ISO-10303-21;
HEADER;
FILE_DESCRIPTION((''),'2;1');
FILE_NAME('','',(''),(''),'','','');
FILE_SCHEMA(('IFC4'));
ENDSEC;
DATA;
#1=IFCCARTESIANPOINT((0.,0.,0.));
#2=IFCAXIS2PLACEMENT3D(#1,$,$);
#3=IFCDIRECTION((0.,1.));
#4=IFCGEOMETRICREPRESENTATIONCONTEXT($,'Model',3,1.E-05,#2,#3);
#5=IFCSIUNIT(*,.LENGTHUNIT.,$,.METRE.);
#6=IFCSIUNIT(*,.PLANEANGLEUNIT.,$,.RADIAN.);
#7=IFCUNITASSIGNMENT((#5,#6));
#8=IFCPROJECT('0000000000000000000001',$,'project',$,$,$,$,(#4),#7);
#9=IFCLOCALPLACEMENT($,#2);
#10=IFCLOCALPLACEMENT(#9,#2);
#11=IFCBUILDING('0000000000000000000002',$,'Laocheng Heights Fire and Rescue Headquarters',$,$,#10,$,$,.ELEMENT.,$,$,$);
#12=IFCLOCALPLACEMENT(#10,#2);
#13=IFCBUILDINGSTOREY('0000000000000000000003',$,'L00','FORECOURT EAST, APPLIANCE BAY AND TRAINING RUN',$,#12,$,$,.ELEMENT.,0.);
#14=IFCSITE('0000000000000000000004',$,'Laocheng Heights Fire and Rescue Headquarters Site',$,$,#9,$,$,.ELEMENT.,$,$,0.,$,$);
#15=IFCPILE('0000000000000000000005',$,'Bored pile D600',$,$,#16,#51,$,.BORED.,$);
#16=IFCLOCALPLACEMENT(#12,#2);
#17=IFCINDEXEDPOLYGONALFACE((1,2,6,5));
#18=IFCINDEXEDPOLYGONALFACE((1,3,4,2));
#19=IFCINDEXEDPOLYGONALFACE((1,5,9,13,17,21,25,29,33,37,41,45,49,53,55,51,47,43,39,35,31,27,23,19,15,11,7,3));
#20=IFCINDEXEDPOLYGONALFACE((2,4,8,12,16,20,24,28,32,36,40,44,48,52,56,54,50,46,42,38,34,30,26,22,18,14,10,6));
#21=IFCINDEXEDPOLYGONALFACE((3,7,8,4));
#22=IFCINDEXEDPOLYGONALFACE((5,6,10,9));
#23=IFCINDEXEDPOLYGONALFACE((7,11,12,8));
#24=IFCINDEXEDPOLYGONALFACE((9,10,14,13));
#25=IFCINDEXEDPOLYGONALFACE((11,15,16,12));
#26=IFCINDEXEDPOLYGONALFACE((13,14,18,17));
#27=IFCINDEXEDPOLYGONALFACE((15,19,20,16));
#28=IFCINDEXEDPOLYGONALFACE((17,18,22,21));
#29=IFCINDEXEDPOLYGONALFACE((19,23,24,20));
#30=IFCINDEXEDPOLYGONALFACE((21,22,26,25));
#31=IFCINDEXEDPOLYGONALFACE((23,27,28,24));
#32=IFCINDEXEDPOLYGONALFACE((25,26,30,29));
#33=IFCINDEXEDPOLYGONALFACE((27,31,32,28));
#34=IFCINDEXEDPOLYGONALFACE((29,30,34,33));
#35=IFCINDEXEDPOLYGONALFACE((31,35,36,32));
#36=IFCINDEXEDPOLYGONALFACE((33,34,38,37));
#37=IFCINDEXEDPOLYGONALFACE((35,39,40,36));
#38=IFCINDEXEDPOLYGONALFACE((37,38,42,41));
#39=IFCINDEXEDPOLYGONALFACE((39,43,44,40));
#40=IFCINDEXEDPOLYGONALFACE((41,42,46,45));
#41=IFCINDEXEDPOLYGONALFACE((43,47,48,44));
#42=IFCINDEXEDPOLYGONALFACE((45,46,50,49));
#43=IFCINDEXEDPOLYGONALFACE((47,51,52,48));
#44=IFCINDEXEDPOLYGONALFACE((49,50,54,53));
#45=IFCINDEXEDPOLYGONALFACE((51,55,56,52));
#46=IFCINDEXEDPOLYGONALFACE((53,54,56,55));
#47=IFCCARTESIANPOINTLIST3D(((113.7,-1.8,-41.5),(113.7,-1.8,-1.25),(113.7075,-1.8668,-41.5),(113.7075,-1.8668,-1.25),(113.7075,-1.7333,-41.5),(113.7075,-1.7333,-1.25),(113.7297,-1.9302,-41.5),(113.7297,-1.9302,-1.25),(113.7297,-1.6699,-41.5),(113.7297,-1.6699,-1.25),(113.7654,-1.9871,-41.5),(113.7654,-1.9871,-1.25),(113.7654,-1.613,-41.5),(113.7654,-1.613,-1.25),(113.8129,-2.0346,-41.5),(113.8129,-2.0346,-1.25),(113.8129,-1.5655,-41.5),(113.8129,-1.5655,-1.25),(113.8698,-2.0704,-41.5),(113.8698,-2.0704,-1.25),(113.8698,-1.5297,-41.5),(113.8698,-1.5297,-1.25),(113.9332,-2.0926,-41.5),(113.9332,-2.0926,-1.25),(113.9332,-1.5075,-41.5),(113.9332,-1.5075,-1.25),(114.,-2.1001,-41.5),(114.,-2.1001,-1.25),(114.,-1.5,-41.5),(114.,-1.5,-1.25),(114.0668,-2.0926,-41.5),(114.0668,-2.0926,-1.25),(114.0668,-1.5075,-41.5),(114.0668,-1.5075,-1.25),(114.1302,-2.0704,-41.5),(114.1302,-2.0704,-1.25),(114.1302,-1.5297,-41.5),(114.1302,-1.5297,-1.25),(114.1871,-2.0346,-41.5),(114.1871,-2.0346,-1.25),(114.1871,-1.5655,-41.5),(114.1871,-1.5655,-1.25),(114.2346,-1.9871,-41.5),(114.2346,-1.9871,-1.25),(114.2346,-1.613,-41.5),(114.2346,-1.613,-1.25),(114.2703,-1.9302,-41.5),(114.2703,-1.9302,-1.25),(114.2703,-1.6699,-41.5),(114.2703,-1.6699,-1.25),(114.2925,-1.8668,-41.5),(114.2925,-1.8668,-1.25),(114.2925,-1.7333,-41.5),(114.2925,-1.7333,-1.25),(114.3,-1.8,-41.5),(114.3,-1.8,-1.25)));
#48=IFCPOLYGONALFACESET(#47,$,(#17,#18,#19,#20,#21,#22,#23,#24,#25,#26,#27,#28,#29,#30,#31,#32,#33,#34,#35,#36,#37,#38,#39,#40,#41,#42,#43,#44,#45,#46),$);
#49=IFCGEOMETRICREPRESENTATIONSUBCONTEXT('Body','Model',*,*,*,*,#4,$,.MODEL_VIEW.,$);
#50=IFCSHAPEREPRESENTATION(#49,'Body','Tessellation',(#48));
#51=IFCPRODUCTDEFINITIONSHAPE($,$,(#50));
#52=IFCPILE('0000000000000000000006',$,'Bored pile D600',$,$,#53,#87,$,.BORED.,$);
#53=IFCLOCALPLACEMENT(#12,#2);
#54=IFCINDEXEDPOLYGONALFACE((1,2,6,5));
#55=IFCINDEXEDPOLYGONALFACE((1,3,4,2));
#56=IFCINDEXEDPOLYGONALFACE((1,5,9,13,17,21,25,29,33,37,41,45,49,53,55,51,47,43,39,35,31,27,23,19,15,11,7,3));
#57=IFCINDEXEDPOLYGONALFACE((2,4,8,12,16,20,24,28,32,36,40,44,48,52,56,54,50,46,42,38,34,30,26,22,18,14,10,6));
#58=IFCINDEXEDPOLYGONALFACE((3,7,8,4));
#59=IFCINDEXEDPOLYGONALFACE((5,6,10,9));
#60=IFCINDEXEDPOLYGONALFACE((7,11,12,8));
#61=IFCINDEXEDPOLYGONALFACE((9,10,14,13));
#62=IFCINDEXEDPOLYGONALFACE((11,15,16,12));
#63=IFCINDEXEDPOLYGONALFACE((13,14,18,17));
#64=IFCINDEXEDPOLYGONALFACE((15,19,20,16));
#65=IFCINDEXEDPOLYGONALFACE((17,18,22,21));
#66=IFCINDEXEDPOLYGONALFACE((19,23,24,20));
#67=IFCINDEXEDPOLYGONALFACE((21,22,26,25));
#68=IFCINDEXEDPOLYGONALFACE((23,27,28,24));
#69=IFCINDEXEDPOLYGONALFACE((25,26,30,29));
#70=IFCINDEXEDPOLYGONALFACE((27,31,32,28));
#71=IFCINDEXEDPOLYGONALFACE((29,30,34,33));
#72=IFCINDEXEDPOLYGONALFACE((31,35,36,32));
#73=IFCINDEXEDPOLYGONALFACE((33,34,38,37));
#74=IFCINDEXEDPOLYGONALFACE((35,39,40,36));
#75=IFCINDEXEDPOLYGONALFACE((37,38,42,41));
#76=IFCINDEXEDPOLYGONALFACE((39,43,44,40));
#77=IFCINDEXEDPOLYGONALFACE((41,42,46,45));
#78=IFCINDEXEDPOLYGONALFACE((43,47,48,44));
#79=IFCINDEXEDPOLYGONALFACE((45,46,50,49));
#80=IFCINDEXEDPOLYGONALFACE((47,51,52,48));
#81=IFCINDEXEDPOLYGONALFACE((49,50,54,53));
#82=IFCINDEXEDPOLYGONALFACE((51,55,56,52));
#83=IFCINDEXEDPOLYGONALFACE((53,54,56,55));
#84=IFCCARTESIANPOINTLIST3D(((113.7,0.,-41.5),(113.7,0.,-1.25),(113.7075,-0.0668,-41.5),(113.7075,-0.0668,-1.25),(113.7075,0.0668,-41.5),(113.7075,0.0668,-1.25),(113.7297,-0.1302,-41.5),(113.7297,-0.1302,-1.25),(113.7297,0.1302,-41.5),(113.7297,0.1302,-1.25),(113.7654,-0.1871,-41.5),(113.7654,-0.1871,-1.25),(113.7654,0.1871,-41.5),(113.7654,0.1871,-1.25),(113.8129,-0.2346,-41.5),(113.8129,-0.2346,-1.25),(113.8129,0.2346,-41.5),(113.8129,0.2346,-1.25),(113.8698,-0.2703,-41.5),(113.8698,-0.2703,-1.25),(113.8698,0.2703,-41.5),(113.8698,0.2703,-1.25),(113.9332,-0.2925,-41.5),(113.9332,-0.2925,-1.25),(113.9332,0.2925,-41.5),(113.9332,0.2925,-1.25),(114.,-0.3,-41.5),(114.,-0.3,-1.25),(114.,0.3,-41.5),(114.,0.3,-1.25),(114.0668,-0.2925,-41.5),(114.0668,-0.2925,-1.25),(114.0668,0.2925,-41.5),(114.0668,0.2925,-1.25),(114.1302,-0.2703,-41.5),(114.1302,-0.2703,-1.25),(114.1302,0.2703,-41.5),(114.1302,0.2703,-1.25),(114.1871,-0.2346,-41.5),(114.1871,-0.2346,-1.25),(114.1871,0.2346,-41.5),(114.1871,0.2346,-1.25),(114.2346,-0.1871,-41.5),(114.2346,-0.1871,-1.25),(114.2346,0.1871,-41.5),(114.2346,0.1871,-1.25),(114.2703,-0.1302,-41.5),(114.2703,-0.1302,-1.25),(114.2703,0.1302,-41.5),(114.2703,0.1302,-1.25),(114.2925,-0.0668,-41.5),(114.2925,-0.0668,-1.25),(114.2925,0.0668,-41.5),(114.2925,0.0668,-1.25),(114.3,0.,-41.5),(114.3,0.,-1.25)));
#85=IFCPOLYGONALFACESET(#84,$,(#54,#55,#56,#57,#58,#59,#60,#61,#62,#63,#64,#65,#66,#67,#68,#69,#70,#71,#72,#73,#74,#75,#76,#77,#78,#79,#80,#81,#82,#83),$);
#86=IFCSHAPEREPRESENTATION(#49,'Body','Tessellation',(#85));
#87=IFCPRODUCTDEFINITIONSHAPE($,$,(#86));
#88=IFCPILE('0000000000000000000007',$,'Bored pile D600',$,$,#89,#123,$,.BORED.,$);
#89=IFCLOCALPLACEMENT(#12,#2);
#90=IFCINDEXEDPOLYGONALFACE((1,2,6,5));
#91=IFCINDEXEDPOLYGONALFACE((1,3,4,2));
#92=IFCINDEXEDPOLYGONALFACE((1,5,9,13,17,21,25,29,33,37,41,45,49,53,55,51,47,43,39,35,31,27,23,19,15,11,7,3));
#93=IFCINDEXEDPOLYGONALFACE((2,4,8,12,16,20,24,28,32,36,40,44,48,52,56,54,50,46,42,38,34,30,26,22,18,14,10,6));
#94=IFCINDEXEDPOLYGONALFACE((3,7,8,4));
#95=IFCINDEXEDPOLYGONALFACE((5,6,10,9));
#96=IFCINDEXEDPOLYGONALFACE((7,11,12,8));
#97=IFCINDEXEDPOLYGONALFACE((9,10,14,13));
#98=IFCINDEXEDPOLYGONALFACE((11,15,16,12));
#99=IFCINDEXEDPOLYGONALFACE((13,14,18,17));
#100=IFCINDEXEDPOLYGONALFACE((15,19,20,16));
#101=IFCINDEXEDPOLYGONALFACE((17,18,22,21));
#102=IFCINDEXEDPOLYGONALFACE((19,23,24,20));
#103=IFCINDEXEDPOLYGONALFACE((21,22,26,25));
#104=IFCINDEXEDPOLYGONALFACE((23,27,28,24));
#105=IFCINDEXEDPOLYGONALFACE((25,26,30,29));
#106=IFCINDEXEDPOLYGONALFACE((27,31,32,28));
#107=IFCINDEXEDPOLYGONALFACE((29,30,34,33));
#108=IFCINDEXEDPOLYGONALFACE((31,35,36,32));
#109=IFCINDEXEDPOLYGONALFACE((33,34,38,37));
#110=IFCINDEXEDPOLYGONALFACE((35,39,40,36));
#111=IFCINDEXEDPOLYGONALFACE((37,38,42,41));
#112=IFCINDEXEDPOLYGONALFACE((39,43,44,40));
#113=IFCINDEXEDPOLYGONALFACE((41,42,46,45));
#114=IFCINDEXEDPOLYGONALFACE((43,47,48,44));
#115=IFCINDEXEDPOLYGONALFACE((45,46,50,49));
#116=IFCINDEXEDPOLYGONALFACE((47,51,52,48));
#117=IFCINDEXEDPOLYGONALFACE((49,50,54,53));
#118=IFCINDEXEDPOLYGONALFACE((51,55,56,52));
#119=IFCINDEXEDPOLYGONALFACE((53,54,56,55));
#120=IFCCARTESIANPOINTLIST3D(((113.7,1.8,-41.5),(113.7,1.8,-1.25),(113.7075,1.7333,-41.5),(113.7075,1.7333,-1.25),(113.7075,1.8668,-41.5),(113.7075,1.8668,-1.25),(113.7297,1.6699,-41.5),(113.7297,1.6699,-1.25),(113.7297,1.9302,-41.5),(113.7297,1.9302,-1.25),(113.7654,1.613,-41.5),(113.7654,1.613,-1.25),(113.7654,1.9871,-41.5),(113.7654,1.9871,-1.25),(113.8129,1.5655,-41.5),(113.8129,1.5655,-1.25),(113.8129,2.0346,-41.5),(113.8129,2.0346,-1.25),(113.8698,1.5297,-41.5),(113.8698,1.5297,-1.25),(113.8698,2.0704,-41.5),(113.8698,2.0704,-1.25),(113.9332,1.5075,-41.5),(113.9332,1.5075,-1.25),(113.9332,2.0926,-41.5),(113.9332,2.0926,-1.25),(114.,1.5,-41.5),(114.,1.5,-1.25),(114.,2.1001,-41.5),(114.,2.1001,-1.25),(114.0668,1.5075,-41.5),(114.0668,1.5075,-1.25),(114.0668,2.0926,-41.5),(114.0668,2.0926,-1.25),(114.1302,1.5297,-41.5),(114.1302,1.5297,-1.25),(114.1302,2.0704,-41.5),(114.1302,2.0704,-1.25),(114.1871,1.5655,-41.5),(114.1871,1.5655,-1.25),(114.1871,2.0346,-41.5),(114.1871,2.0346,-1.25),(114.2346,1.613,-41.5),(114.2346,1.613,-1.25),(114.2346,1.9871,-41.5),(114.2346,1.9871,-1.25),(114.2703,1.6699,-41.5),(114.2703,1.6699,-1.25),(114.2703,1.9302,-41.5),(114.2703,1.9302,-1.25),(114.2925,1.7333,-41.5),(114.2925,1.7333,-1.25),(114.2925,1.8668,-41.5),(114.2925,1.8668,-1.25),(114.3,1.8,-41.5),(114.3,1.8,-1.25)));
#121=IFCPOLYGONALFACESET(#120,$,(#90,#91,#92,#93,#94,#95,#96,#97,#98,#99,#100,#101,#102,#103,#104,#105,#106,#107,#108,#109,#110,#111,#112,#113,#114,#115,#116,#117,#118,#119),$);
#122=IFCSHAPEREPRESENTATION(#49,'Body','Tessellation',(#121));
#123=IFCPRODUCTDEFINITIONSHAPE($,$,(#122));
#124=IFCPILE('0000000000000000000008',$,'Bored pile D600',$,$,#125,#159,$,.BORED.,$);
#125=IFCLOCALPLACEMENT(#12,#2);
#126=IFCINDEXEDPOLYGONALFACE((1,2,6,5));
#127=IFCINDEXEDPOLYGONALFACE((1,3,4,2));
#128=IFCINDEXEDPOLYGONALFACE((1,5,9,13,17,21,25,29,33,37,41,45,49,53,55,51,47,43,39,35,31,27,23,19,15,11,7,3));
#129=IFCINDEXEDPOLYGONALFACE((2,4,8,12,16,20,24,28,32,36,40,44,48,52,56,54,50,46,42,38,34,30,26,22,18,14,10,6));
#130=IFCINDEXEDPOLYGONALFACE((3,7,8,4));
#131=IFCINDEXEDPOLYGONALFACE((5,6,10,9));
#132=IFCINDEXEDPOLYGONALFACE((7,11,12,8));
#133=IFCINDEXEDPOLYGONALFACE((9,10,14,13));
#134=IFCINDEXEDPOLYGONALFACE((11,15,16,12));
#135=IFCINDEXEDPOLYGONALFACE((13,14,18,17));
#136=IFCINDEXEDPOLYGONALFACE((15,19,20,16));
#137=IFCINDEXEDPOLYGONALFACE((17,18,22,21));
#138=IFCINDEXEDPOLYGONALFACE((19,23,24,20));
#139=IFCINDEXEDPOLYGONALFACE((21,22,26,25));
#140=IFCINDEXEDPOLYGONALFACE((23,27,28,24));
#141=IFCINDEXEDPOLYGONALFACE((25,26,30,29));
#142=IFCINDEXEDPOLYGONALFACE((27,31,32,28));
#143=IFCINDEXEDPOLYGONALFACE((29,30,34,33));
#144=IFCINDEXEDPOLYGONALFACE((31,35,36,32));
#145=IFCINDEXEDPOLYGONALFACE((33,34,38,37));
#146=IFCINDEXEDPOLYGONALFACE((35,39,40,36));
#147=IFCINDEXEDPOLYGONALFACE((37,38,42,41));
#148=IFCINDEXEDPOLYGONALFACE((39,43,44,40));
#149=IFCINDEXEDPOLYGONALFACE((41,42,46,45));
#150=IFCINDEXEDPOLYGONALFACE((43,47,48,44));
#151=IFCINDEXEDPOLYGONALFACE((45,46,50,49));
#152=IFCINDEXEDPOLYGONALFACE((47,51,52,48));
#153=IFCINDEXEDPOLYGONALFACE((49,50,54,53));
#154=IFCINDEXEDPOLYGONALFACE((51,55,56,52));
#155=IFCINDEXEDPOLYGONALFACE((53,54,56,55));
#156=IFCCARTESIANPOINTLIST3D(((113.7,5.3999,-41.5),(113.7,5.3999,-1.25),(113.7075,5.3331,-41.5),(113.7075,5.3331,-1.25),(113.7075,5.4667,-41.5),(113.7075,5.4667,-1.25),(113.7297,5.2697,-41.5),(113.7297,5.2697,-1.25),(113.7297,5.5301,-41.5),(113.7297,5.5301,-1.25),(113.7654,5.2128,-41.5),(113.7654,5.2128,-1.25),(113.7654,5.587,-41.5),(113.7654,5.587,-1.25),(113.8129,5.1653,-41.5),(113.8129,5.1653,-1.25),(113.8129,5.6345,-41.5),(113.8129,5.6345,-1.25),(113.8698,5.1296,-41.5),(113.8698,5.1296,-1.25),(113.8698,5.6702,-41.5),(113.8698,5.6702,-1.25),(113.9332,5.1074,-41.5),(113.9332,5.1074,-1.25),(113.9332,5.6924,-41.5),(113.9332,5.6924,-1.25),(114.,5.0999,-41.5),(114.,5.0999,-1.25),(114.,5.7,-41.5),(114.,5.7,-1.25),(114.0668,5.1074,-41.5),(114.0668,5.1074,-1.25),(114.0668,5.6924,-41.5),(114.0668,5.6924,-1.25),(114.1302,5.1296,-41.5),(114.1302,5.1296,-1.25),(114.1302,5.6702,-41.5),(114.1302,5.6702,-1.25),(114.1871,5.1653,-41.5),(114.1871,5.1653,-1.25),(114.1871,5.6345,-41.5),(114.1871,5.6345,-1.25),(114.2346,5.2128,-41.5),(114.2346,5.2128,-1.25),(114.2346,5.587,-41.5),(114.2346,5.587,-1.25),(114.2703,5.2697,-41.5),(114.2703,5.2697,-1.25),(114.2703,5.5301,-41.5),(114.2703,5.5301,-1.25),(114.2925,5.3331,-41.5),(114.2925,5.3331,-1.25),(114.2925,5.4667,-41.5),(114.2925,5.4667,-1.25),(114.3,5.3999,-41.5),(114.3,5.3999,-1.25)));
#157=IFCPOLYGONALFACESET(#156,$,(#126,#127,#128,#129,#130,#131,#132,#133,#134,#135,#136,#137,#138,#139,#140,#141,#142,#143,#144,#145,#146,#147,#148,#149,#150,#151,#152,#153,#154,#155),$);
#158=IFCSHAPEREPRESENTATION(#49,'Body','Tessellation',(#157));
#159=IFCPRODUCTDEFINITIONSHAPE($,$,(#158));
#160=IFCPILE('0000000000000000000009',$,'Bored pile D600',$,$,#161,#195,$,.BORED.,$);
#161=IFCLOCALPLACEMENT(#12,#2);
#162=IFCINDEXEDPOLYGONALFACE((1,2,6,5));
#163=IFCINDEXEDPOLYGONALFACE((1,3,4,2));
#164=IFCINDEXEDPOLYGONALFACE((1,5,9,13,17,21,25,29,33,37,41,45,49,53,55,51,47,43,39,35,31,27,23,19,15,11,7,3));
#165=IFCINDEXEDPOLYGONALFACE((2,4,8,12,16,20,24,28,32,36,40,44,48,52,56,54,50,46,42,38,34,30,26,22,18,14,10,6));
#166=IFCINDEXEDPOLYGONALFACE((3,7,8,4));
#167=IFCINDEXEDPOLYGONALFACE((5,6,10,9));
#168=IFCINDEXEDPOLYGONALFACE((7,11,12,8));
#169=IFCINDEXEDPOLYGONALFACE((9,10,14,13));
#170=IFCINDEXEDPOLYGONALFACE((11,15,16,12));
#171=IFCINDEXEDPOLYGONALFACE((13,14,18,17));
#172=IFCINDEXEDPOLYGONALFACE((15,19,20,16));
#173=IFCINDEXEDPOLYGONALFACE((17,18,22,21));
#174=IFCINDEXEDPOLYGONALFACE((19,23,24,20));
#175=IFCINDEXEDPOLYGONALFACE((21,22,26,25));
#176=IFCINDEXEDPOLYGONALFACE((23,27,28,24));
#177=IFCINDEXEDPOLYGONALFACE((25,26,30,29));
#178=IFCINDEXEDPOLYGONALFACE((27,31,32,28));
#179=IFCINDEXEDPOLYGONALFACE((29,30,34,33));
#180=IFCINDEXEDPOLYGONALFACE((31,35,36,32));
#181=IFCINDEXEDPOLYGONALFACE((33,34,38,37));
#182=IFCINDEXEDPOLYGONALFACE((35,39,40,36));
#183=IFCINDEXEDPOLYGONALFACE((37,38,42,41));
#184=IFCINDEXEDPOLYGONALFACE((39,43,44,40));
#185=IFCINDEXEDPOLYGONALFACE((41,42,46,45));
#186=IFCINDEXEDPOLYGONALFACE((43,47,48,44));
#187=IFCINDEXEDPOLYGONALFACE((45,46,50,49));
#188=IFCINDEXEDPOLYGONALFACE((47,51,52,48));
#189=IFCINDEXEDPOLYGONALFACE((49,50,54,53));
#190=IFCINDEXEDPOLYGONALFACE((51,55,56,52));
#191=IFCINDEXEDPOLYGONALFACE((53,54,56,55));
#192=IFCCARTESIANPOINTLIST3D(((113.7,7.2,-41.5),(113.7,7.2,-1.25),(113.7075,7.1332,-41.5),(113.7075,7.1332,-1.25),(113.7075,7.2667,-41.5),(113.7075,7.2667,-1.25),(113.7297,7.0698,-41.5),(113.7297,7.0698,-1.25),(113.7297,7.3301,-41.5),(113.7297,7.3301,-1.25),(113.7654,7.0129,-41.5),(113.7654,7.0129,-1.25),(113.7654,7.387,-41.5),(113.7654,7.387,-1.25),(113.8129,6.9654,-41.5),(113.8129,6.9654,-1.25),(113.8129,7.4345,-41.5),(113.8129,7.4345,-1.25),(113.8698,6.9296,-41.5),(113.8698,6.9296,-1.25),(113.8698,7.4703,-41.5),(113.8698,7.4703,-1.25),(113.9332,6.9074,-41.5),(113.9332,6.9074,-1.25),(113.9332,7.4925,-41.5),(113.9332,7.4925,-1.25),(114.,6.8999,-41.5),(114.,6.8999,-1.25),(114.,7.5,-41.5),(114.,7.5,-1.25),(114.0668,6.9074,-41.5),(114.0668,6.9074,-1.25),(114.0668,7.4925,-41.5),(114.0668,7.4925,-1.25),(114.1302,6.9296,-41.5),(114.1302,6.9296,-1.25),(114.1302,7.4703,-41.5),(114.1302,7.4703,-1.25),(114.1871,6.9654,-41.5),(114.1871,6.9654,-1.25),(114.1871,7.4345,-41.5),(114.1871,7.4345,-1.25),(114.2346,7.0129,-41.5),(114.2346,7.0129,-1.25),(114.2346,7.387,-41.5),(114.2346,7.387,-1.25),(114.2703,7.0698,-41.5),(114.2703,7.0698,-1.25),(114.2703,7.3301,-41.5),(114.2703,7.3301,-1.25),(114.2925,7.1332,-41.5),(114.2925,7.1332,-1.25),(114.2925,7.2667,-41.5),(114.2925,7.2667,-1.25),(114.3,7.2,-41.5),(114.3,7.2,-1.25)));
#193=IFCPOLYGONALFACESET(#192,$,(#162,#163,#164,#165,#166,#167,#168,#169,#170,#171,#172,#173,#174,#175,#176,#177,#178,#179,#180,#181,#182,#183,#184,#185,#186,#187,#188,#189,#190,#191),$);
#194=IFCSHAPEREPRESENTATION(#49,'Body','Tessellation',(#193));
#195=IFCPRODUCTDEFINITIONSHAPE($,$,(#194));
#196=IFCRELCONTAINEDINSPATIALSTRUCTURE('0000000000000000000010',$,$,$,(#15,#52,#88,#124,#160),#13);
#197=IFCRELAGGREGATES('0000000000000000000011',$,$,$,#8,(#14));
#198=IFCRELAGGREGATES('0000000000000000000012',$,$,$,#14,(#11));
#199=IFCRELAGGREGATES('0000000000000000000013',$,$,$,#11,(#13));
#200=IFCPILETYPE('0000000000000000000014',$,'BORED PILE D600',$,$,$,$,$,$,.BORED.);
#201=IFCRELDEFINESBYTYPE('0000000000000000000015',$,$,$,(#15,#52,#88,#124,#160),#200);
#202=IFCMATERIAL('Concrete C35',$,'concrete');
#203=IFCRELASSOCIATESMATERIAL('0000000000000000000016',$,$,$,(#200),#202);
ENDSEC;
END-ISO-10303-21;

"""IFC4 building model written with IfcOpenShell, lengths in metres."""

from ifc_helpers import new_model, si_unit, direction, frame, origin, origin_2d, place, context, subcontext, project, spatial, circle, extrude, material, material_profile, profile_set, type_object, element, save


model = new_model("IFC4")

# Units and contexts
model_context = context("Model", 3, precision=1e-05, world=origin(), true_north=direction((0.0, 1.0)))
body_context = subcontext(model_context, "Body", "Model", "MODEL_VIEW")
ifc_project = project(units=[si_unit("LENGTHUNIT", "METRE"), si_unit("PLANEANGLEUNIT", "RADIAN")], contexts=[model_context])

# Site, building, storey
site_placement = place(None, origin())
site = spatial("IfcSite", under=ifc_project, at=site_placement, Name="Laocheng Heights Fire and Rescue Headquarters Site", CompositionType="ELEMENT", RefElevation=0.0)
building_placement = place(site_placement, origin())
building = spatial("IfcBuilding", under=site, at=building_placement, Name="Laocheng Heights Fire and Rescue Headquarters", CompositionType="ELEMENT")
storey_placement = place(building_placement, origin())
storey = spatial("IfcBuildingStorey", under=building, at=storey_placement, Name="L00", Description="FORECOURT EAST, APPLIANCE BAY AND TRAINING RUN", CompositionType="ELEMENT", Elevation=0.0)

# Piles
ifc_material_1 = material(Name="Concrete C35", Category="concrete")
ifc_material_profile_1 = material_profile(ifc_material_1, circle(Radius=0.3, at=origin_2d()), Name="BORED PILE D600")
ifc_profile_set_1 = profile_set([ifc_material_profile_1], Name="Concrete C35")
pile_type = type_object("IfcPileType", Name="BORED PILE D600", PredefinedType="BORED", material=ifc_profile_set_1)
for number, where, z_axis, x_axis, name in (
    (1, (114.0, -1.8, -1.25), (0.0, 0.0, -1.0), (1.0, 0.0, 0.0), "Bored pile D600"),
    (2, (114.0, 0.0, -1.25), (0.0, 0.0, -1.0), (1.0, 0.0, 0.0), "Bored pile D600"),
    (3, (114.0, 1.8, -1.25), (0.0, 0.0, -1.0), (1.0, 0.0, 0.0), "Bored pile D600"),
    (4, (114.0, 5.3999, -1.25), (0.0, 0.0, -1.0), (1.0, 0.0, 0.0), "Bored pile D600"),
    (5, (114.0, 7.2, -1.25), (0.0, 0.0, -1.0), (1.0, 0.0, 0.0), "Bored pile D600"),
):
    element("IfcPile", number, at=place(storey_placement, frame(where, z_axis=z_axis, x_axis=x_axis)), inside=storey, type_object=pile_type, Name=name, PredefinedType="BORED", context=body_context, shape_type="SweptSolid", body=[
        extrude(circle(Radius=0.3, at=origin_2d()), origin(), (0.0, 0.0, 1.0), 40.25),
    ])

save(model, "model.ifc")
